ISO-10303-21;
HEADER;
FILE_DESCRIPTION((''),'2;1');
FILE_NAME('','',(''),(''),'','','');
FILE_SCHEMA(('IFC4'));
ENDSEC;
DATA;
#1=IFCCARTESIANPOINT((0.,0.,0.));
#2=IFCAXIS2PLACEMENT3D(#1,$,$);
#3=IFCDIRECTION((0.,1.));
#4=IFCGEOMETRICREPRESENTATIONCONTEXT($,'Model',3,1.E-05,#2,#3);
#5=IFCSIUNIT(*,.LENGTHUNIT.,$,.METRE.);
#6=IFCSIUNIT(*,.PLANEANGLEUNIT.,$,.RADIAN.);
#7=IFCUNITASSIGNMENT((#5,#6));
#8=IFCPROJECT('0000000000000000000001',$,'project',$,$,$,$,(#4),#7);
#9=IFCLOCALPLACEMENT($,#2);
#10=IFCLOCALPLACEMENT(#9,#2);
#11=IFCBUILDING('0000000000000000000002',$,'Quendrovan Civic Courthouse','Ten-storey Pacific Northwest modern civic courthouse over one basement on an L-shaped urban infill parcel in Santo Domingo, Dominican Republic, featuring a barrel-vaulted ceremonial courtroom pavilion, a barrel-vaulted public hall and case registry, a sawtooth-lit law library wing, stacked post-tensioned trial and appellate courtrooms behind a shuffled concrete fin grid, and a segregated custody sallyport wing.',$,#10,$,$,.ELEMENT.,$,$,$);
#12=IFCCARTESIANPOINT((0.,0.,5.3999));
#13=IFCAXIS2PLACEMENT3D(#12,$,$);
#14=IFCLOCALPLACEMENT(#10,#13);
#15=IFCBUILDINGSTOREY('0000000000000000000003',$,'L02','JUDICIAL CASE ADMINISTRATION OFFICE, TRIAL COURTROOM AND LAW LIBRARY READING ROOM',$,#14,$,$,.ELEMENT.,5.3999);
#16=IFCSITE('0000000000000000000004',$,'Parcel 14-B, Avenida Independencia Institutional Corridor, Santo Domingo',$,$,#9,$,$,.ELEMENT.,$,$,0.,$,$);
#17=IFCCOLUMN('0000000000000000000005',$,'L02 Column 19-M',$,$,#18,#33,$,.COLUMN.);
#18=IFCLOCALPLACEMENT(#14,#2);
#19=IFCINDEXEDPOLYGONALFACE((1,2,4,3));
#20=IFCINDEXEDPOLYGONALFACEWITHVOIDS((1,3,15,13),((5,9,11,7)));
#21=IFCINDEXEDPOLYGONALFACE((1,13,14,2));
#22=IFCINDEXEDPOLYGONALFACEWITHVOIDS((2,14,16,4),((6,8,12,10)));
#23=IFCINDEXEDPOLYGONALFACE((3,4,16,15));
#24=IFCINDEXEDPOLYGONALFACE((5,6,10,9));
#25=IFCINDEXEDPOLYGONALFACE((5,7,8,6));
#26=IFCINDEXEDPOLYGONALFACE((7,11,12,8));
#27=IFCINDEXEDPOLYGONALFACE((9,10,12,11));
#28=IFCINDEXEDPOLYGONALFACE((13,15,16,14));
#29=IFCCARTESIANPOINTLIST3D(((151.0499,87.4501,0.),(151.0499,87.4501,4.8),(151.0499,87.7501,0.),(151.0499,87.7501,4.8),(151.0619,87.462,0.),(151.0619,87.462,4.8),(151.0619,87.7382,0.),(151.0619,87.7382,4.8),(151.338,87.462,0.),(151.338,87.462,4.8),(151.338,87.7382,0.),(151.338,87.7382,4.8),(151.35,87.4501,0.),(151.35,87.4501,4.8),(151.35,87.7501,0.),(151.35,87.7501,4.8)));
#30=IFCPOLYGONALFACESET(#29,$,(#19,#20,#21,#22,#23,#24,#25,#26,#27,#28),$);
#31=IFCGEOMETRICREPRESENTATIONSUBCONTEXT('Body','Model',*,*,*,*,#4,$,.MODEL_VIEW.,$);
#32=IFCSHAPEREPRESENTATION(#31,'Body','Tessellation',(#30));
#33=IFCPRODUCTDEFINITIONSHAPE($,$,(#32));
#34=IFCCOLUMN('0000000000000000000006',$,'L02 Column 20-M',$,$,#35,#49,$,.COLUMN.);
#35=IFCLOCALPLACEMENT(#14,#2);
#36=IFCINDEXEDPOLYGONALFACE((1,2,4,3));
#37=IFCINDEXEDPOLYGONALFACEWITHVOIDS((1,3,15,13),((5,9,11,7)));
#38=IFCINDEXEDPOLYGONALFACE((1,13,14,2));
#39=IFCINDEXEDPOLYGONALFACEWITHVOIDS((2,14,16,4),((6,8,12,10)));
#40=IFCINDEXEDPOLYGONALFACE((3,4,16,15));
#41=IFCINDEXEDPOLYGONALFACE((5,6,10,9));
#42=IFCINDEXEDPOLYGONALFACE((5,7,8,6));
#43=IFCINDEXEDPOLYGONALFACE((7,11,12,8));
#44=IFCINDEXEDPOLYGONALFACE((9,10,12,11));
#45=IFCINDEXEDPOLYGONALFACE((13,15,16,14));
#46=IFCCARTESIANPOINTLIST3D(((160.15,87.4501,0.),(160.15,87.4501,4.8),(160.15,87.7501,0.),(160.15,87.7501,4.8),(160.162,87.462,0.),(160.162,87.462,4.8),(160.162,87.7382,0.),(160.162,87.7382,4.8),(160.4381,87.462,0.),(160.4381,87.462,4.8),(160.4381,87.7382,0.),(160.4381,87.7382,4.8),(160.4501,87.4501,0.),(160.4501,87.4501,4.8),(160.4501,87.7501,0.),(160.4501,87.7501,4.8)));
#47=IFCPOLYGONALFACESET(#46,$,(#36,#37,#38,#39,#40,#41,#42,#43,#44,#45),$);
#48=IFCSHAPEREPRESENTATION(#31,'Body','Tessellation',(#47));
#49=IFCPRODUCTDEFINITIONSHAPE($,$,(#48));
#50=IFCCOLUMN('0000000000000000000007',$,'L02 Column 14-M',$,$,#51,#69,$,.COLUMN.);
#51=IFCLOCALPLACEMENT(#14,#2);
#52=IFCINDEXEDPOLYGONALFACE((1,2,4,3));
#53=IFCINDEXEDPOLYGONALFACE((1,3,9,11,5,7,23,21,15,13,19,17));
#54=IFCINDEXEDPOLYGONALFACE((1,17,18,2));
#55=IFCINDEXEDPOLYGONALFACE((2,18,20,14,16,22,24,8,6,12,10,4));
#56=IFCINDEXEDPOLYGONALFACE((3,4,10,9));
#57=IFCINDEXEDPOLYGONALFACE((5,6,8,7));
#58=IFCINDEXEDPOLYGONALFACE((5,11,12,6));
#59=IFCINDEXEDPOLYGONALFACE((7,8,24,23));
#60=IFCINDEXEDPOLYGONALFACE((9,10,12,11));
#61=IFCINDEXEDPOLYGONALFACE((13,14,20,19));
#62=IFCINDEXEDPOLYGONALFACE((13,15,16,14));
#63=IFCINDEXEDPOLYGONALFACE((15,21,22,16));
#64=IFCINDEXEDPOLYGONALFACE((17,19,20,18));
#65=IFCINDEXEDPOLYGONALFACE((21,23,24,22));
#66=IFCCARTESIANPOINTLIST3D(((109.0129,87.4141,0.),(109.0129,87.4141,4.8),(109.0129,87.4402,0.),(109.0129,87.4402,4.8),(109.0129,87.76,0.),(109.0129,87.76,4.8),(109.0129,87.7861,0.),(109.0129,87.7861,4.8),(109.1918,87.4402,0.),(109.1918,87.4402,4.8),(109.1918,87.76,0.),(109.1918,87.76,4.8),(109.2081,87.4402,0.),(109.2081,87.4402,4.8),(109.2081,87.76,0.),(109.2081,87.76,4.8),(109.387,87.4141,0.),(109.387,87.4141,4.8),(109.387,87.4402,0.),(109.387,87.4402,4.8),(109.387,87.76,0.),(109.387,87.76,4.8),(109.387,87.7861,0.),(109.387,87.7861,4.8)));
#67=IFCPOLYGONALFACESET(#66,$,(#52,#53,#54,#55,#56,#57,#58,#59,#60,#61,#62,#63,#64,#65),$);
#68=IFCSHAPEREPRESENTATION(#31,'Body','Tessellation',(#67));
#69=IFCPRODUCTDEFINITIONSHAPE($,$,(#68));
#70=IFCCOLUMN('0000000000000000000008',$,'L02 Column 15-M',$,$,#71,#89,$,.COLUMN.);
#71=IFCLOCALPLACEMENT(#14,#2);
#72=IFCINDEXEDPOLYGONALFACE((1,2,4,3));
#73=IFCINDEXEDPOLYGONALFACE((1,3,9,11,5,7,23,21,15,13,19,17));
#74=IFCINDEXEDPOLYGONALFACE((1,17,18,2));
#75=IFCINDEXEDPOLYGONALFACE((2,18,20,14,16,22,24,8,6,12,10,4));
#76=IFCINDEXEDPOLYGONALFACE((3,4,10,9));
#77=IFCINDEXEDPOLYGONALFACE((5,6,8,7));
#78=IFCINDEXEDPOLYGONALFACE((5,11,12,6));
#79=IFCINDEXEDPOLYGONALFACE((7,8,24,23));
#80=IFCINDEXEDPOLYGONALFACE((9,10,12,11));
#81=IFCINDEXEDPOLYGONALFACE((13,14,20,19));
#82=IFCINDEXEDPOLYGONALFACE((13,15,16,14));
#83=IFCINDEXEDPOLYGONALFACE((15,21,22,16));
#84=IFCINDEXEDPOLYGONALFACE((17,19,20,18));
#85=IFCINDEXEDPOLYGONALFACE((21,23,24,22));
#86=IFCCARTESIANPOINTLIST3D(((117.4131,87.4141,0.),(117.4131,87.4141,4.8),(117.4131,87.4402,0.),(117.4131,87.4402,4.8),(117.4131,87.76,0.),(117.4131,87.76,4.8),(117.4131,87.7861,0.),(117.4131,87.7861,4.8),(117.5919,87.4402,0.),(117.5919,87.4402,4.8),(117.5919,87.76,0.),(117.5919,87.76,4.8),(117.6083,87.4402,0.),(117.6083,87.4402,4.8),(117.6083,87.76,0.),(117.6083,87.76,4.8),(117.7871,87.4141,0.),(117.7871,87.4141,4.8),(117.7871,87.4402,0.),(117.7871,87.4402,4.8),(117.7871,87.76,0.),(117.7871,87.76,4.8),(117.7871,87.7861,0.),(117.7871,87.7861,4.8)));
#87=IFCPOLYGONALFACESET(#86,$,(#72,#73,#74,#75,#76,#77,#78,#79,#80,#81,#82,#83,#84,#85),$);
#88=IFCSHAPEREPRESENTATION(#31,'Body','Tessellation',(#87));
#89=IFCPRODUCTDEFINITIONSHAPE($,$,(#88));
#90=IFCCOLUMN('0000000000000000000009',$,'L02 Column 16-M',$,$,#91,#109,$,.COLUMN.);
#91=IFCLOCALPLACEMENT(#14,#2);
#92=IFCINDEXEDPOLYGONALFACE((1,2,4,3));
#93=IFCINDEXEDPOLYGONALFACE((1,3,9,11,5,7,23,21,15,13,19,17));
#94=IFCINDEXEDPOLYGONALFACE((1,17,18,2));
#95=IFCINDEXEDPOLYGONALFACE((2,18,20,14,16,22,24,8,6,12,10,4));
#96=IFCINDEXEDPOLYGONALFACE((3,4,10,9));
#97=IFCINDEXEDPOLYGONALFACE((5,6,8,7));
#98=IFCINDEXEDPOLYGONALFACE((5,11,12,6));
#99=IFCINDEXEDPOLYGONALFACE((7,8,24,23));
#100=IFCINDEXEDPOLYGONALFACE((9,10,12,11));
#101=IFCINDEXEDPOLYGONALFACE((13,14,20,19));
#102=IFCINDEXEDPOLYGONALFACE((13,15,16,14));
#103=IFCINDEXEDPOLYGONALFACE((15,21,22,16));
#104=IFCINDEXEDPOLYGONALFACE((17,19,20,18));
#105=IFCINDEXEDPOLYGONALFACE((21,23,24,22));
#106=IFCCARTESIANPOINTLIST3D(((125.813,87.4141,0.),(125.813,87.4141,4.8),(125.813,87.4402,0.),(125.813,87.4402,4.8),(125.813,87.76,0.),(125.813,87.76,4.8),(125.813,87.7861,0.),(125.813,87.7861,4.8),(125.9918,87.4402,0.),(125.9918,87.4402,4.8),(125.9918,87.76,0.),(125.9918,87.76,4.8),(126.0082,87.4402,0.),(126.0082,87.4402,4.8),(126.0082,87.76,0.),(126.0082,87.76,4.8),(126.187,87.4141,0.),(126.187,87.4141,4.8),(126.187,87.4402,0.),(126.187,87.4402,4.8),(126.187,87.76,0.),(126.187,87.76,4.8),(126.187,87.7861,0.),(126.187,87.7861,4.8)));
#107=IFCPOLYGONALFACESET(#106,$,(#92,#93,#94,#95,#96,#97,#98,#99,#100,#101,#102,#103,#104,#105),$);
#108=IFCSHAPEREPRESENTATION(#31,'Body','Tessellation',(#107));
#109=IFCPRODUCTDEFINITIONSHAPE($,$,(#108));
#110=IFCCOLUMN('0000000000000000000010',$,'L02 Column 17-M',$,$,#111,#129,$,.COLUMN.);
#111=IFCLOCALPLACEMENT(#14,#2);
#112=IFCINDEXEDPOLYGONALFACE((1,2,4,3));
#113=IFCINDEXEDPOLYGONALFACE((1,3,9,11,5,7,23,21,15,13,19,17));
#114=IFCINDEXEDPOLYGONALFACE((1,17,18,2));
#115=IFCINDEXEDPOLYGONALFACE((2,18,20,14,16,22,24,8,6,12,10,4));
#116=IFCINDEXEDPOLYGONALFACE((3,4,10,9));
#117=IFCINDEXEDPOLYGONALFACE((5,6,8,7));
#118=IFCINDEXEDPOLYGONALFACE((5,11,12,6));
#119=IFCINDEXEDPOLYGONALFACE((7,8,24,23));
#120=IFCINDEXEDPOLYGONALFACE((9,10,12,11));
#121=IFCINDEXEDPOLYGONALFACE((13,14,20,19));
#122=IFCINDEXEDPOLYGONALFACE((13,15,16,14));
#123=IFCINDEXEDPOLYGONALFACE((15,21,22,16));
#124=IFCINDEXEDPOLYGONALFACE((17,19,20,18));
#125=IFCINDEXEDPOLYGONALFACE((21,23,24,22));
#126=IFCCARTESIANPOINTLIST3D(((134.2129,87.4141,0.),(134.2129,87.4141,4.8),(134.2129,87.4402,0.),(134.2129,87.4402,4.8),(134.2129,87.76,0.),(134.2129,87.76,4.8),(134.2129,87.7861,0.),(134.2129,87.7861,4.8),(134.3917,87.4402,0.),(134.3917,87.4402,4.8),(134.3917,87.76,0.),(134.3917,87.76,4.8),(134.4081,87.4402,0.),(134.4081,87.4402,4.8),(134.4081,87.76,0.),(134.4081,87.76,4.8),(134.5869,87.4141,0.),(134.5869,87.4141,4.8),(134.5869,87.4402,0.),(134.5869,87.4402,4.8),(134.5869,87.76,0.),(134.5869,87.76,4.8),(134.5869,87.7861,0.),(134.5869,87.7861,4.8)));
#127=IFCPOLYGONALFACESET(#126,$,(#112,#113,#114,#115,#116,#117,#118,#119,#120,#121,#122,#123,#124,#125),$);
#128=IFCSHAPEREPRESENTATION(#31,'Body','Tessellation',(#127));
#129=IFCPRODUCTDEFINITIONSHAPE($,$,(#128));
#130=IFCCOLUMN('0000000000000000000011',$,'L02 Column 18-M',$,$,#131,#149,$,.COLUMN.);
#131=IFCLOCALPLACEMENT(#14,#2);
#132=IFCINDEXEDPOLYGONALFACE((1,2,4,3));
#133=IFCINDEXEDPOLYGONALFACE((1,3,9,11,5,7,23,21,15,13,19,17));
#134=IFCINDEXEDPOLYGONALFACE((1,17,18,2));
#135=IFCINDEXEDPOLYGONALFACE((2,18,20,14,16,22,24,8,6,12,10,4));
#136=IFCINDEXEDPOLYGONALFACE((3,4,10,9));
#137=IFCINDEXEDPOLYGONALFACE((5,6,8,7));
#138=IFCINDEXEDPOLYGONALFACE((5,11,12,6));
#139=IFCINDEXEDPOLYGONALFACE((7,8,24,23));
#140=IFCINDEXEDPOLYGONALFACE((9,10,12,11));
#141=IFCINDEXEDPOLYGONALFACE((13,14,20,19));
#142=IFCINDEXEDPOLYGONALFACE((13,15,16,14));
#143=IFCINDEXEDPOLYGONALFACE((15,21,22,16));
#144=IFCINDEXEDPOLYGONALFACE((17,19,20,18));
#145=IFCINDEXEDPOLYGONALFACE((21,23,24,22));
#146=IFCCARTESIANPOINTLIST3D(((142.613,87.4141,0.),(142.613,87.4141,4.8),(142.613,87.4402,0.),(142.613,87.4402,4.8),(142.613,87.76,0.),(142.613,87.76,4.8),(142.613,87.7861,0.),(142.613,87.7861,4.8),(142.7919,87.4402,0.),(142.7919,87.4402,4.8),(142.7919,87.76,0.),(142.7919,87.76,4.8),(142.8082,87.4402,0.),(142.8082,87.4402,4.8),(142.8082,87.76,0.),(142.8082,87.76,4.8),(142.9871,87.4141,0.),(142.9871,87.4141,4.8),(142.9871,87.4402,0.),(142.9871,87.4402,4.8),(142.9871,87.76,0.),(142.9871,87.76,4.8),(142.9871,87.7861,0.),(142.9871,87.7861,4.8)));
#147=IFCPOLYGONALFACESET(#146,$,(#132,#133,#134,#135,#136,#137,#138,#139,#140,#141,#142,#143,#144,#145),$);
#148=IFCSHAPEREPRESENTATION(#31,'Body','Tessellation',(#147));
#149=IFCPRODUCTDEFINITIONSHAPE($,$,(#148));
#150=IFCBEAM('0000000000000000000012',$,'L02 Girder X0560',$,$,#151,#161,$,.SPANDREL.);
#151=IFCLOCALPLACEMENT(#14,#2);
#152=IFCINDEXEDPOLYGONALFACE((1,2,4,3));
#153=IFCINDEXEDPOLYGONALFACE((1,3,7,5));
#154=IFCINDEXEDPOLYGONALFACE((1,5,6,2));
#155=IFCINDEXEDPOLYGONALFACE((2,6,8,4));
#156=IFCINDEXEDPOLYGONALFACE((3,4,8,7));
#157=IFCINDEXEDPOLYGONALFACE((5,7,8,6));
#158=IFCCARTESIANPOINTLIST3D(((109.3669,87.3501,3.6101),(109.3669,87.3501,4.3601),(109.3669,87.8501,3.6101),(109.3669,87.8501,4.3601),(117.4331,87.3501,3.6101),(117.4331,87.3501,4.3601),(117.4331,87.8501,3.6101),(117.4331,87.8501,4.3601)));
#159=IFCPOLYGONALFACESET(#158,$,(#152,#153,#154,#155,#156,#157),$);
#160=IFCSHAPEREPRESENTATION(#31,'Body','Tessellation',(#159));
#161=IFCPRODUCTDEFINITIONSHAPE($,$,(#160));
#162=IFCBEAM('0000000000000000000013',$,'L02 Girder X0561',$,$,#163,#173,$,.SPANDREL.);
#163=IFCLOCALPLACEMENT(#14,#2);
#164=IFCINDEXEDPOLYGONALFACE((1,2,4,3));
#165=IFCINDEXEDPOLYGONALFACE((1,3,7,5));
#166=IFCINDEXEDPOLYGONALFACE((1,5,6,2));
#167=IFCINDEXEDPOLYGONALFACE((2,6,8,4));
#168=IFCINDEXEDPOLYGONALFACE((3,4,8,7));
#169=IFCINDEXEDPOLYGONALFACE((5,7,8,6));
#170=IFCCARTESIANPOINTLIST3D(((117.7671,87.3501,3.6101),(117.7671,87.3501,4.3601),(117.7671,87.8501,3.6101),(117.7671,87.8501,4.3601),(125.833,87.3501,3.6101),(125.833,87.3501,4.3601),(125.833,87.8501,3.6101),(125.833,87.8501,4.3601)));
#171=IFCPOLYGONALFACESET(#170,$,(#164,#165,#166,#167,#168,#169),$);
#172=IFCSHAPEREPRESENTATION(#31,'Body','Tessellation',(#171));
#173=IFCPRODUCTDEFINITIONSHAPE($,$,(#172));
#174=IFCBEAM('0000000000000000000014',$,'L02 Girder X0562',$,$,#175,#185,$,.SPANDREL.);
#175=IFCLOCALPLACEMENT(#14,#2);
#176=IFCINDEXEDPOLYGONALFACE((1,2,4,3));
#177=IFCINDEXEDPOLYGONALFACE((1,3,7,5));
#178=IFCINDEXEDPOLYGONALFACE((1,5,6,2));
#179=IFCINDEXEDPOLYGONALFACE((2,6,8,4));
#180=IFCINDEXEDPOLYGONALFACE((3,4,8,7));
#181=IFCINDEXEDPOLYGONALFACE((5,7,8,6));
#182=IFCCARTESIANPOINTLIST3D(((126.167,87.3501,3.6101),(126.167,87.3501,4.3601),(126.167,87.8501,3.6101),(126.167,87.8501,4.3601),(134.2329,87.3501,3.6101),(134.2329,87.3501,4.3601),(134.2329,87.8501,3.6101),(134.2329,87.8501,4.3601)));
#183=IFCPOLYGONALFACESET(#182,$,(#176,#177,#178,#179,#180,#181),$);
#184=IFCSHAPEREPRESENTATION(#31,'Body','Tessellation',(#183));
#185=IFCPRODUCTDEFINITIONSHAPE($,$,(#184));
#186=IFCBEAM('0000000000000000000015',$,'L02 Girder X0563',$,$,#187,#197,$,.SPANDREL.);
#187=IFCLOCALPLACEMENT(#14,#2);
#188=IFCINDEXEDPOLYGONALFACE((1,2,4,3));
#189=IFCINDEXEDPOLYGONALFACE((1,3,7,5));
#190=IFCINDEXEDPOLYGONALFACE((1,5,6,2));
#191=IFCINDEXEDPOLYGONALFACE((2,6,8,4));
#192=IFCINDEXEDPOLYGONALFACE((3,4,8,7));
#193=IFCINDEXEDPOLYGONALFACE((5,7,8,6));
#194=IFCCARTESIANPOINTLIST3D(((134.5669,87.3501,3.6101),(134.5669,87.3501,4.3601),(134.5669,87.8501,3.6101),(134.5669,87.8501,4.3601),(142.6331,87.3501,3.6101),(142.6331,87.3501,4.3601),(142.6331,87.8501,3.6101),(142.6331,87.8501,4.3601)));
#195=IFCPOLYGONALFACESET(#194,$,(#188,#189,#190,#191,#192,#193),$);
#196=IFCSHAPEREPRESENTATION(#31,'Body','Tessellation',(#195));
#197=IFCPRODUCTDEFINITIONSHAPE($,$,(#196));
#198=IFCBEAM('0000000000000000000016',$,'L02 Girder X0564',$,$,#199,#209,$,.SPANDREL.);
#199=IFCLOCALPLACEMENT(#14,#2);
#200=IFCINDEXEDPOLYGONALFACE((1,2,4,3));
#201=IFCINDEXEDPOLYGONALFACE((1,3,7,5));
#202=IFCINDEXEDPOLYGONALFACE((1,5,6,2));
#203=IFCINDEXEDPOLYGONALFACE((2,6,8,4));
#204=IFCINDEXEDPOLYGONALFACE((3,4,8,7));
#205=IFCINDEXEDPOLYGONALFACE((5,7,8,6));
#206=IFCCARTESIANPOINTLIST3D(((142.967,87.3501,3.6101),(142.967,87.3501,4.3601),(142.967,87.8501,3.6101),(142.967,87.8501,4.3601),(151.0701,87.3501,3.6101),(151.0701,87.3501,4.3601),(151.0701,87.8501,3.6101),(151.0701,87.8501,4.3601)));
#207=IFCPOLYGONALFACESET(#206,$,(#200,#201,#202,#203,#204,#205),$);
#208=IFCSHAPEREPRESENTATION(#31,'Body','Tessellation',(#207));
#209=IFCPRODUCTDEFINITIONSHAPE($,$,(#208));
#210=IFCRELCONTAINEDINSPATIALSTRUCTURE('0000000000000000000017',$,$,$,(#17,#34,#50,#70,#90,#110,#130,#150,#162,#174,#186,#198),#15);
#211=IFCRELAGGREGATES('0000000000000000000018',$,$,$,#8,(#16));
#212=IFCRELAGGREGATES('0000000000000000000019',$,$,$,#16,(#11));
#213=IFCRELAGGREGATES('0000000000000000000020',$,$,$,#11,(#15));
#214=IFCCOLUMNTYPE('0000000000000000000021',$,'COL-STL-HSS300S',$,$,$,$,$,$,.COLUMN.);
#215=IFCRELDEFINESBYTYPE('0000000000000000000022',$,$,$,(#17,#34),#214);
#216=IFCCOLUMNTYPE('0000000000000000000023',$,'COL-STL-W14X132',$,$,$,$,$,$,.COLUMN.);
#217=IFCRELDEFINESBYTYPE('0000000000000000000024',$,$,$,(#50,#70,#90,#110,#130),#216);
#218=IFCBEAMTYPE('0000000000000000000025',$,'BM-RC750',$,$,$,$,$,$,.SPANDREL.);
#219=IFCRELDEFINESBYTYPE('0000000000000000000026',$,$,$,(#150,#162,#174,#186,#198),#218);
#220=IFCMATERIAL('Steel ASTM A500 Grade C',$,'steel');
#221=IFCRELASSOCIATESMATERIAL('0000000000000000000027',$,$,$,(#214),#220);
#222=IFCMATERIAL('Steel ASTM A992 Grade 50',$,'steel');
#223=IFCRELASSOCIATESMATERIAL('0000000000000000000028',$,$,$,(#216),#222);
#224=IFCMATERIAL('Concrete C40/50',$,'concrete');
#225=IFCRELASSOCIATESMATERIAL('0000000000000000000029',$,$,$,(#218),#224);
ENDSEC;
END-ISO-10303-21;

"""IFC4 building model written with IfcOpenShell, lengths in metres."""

from ifc_helpers import new_model, si_unit, direction, frame, origin, origin_2d, place, context, subcontext, project, spatial, rectangle, hollow_rectangle, i_section, extrude, material, material_profile, profile_set, type_object, element, save


model = new_model("IFC4")

# Units and contexts
model_context = context("Model", 3, precision=1e-05, world=origin(), true_north=direction((0.0, 1.0)))
body_context = subcontext(model_context, "Body", "Model", "MODEL_VIEW")
ifc_project = project(units=[si_unit("LENGTHUNIT", "METRE"), si_unit("PLANEANGLEUNIT", "RADIAN")], contexts=[model_context])

# Site, building, storey
site_placement = place(None, origin())
site = spatial("IfcSite", under=ifc_project, at=site_placement, Name="Parcel 14-B, Avenida Independencia Institutional Corridor, Santo Domingo", CompositionType="ELEMENT", RefElevation=0.0)
building_placement = place(site_placement, origin())
building = spatial("IfcBuilding", under=site, at=building_placement, Name="Quendrovan Civic Courthouse", Description="Ten-storey Pacific Northwest modern civic courthouse over one basement on an L-shaped urban infill parcel in Santo Domingo, Dominican Republic, featuring a barrel-vaulted ceremonial courtroom pavilion, a barrel-vaulted public hall and case registry, a sawtooth-lit law library wing, stacked post-tensioned trial and appellate courtrooms behind a shuffled concrete fin grid, and a segregated custody sallyport wing.", CompositionType="ELEMENT")
storey_placement = place(building_placement, frame((0.0, 0.0, 5.3999)))
storey = spatial("IfcBuildingStorey", under=building, at=storey_placement, Name="L02", Description="JUDICIAL CASE ADMINISTRATION OFFICE, TRIAL COURTROOM AND LAW LIBRARY READING ROOM", CompositionType="ELEMENT", Elevation=5.3999)

# Columns
ifc_material_1 = material(Name="Steel ASTM A500 Grade C", Category="steel")
ifc_material_profile_1 = material_profile(ifc_material_1, hollow_rectangle(XDim=0.3, YDim=0.3, WallThickness=0.012, at=origin_2d()), Name="HSS300x300x12")
ifc_profile_set_1 = profile_set([ifc_material_profile_1], Name="Steel ASTM A500 Grade C")
column_type_1 = type_object("IfcColumnType", Name="COL-STL-HSS300S", PredefinedType="COLUMN", material=ifc_profile_set_1)
for number, where, z_axis, x_axis, name in (
    (1, (151.2, 87.6001, 0.0), (0.0, 0.0, 1.0), (1.0, 0.0, 0.0), "L02 Column 19-M"),
    (2, (160.3, 87.6001, 0.0), (0.0, 0.0, 1.0), (1.0, 0.0, 0.0), "L02 Column 20-M"),
):
    element("IfcColumn", number, at=place(storey_placement, frame(where, z_axis=z_axis, x_axis=x_axis)), inside=storey, type_object=column_type_1, Name=name, PredefinedType="COLUMN", context=body_context, shape_type="SweptSolid", body=[
        extrude(hollow_rectangle(XDim=0.3, YDim=0.3, WallThickness=0.012, at=origin_2d()), origin(), (0.0, 0.0, 1.0), 4.8),
    ])
ifc_material_2 = material(Name="Steel ASTM A992 Grade 50", Category="steel")
ifc_material_profile_2 = material_profile(ifc_material_2, i_section(OverallWidth=0.374, OverallDepth=0.3721, WebThickness=0.0164, FlangeThickness=0.0261, at=origin_2d()), Name="W14X132")
ifc_profile_set_2 = profile_set([ifc_material_profile_2], Name="Steel ASTM A992 Grade 50")
column_type_2 = type_object("IfcColumnType", Name="COL-STL-W14X132", PredefinedType="COLUMN", material=ifc_profile_set_2)
for number, where, z_axis, x_axis, name in (
    (3, (109.2, 87.6001, 0.0), (0.0, 0.0, 1.0), (1.0, 0.0, 0.0), "L02 Column 14-M"),
    (4, (117.6001, 87.6001, 0.0), (0.0, 0.0, 1.0), (1.0, 0.0, 0.0), "L02 Column 15-M"),
    (5, (126.0, 87.6001, 0.0), (0.0, 0.0, 1.0), (1.0, 0.0, 0.0), "L02 Column 16-M"),
    (6, (134.3999, 87.6001, 0.0), (0.0, 0.0, 1.0), (1.0, 0.0, 0.0), "L02 Column 17-M"),
    (7, (142.8, 87.6001, 0.0), (0.0, 0.0, 1.0), (1.0, 0.0, 0.0), "L02 Column 18-M"),
):
    element("IfcColumn", number, at=place(storey_placement, frame(where, z_axis=z_axis, x_axis=x_axis)), inside=storey, type_object=column_type_2, Name=name, PredefinedType="COLUMN", context=body_context, shape_type="SweptSolid", body=[
        extrude(i_section(OverallWidth=0.374, OverallDepth=0.3721, WebThickness=0.0164, FlangeThickness=0.0261, at=origin_2d()), origin(), (0.0, 0.0, 1.0), 4.8),
    ])

# Beams
ifc_material_3 = material(Name="Concrete C40/50", Category="concrete")
ifc_material_profile_3 = material_profile(ifc_material_3, rectangle(XDim=0.5, YDim=0.75, at=origin_2d()), Name="RC-BM-500x750")
ifc_profile_set_3 = profile_set([ifc_material_profile_3], Name="Concrete C40/50")
beam_type_1 = type_object("IfcBeamType", Name="BM-RC750", PredefinedType="SPANDREL", material=ifc_profile_set_3)
beam_1_placement = place(storey_placement, frame((109.3669, 87.6001, 3.9851), z_axis=(1.0, 0.0, 0.0), x_axis=(0.0, 1.0, 0.0)))
element("IfcBeam", 8, at=beam_1_placement, inside=storey, type_object=beam_type_1, Name="L02 Girder X0560", PredefinedType="SPANDREL", context=body_context, shape_type="SweptSolid", body=[
    extrude(rectangle(XDim=0.5, YDim=0.75, at=origin_2d()), origin(), (0.0, 0.0, 1.0), 8.0662),
])
for number, where, z_axis, x_axis, name in (
    (9, (117.7671, 87.6001, 3.9851), (1.0, 0.0, 0.0), (0.0, 1.0, 0.0), "L02 Girder X0561"),
    (10, (126.167, 87.6001, 3.9851), (1.0, 0.0, 0.0), (0.0, 1.0, 0.0), "L02 Girder X0562"),
):
    element("IfcBeam", number, at=place(storey_placement, frame(where, z_axis=z_axis, x_axis=x_axis)), inside=storey, type_object=beam_type_1, Name=name, PredefinedType="SPANDREL", context=body_context, shape_type="SweptSolid", body=[
        extrude(rectangle(XDim=0.5, YDim=0.75, at=origin_2d()), origin(), (0.0, 0.0, 1.0), 8.0659),
    ])
beam_2_placement = place(storey_placement, frame((134.5669, 87.6001, 3.9851), z_axis=(1.0, 0.0, 0.0), x_axis=(0.0, 1.0, 0.0)))
element("IfcBeam", 11, at=beam_2_placement, inside=storey, type_object=beam_type_1, Name="L02 Girder X0563", PredefinedType="SPANDREL", context=body_context, shape_type="SweptSolid", body=[
    extrude(rectangle(XDim=0.5, YDim=0.75, at=origin_2d()), origin(), (0.0, 0.0, 1.0), 8.0662),
])
beam_3_placement = place(storey_placement, frame((142.967, 87.6001, 3.9851), z_axis=(1.0, 0.0, 0.0), x_axis=(0.0, 1.0, 0.0)))
element("IfcBeam", 12, at=beam_3_placement, inside=storey, type_object=beam_type_1, Name="L02 Girder X0564", PredefinedType="SPANDREL", context=body_context, shape_type="SweptSolid", body=[
    extrude(rectangle(XDim=0.5, YDim=0.75, at=origin_2d()), origin(), (0.0, 0.0, 1.0), 8.103),
])

save(model, "model.ifc")
